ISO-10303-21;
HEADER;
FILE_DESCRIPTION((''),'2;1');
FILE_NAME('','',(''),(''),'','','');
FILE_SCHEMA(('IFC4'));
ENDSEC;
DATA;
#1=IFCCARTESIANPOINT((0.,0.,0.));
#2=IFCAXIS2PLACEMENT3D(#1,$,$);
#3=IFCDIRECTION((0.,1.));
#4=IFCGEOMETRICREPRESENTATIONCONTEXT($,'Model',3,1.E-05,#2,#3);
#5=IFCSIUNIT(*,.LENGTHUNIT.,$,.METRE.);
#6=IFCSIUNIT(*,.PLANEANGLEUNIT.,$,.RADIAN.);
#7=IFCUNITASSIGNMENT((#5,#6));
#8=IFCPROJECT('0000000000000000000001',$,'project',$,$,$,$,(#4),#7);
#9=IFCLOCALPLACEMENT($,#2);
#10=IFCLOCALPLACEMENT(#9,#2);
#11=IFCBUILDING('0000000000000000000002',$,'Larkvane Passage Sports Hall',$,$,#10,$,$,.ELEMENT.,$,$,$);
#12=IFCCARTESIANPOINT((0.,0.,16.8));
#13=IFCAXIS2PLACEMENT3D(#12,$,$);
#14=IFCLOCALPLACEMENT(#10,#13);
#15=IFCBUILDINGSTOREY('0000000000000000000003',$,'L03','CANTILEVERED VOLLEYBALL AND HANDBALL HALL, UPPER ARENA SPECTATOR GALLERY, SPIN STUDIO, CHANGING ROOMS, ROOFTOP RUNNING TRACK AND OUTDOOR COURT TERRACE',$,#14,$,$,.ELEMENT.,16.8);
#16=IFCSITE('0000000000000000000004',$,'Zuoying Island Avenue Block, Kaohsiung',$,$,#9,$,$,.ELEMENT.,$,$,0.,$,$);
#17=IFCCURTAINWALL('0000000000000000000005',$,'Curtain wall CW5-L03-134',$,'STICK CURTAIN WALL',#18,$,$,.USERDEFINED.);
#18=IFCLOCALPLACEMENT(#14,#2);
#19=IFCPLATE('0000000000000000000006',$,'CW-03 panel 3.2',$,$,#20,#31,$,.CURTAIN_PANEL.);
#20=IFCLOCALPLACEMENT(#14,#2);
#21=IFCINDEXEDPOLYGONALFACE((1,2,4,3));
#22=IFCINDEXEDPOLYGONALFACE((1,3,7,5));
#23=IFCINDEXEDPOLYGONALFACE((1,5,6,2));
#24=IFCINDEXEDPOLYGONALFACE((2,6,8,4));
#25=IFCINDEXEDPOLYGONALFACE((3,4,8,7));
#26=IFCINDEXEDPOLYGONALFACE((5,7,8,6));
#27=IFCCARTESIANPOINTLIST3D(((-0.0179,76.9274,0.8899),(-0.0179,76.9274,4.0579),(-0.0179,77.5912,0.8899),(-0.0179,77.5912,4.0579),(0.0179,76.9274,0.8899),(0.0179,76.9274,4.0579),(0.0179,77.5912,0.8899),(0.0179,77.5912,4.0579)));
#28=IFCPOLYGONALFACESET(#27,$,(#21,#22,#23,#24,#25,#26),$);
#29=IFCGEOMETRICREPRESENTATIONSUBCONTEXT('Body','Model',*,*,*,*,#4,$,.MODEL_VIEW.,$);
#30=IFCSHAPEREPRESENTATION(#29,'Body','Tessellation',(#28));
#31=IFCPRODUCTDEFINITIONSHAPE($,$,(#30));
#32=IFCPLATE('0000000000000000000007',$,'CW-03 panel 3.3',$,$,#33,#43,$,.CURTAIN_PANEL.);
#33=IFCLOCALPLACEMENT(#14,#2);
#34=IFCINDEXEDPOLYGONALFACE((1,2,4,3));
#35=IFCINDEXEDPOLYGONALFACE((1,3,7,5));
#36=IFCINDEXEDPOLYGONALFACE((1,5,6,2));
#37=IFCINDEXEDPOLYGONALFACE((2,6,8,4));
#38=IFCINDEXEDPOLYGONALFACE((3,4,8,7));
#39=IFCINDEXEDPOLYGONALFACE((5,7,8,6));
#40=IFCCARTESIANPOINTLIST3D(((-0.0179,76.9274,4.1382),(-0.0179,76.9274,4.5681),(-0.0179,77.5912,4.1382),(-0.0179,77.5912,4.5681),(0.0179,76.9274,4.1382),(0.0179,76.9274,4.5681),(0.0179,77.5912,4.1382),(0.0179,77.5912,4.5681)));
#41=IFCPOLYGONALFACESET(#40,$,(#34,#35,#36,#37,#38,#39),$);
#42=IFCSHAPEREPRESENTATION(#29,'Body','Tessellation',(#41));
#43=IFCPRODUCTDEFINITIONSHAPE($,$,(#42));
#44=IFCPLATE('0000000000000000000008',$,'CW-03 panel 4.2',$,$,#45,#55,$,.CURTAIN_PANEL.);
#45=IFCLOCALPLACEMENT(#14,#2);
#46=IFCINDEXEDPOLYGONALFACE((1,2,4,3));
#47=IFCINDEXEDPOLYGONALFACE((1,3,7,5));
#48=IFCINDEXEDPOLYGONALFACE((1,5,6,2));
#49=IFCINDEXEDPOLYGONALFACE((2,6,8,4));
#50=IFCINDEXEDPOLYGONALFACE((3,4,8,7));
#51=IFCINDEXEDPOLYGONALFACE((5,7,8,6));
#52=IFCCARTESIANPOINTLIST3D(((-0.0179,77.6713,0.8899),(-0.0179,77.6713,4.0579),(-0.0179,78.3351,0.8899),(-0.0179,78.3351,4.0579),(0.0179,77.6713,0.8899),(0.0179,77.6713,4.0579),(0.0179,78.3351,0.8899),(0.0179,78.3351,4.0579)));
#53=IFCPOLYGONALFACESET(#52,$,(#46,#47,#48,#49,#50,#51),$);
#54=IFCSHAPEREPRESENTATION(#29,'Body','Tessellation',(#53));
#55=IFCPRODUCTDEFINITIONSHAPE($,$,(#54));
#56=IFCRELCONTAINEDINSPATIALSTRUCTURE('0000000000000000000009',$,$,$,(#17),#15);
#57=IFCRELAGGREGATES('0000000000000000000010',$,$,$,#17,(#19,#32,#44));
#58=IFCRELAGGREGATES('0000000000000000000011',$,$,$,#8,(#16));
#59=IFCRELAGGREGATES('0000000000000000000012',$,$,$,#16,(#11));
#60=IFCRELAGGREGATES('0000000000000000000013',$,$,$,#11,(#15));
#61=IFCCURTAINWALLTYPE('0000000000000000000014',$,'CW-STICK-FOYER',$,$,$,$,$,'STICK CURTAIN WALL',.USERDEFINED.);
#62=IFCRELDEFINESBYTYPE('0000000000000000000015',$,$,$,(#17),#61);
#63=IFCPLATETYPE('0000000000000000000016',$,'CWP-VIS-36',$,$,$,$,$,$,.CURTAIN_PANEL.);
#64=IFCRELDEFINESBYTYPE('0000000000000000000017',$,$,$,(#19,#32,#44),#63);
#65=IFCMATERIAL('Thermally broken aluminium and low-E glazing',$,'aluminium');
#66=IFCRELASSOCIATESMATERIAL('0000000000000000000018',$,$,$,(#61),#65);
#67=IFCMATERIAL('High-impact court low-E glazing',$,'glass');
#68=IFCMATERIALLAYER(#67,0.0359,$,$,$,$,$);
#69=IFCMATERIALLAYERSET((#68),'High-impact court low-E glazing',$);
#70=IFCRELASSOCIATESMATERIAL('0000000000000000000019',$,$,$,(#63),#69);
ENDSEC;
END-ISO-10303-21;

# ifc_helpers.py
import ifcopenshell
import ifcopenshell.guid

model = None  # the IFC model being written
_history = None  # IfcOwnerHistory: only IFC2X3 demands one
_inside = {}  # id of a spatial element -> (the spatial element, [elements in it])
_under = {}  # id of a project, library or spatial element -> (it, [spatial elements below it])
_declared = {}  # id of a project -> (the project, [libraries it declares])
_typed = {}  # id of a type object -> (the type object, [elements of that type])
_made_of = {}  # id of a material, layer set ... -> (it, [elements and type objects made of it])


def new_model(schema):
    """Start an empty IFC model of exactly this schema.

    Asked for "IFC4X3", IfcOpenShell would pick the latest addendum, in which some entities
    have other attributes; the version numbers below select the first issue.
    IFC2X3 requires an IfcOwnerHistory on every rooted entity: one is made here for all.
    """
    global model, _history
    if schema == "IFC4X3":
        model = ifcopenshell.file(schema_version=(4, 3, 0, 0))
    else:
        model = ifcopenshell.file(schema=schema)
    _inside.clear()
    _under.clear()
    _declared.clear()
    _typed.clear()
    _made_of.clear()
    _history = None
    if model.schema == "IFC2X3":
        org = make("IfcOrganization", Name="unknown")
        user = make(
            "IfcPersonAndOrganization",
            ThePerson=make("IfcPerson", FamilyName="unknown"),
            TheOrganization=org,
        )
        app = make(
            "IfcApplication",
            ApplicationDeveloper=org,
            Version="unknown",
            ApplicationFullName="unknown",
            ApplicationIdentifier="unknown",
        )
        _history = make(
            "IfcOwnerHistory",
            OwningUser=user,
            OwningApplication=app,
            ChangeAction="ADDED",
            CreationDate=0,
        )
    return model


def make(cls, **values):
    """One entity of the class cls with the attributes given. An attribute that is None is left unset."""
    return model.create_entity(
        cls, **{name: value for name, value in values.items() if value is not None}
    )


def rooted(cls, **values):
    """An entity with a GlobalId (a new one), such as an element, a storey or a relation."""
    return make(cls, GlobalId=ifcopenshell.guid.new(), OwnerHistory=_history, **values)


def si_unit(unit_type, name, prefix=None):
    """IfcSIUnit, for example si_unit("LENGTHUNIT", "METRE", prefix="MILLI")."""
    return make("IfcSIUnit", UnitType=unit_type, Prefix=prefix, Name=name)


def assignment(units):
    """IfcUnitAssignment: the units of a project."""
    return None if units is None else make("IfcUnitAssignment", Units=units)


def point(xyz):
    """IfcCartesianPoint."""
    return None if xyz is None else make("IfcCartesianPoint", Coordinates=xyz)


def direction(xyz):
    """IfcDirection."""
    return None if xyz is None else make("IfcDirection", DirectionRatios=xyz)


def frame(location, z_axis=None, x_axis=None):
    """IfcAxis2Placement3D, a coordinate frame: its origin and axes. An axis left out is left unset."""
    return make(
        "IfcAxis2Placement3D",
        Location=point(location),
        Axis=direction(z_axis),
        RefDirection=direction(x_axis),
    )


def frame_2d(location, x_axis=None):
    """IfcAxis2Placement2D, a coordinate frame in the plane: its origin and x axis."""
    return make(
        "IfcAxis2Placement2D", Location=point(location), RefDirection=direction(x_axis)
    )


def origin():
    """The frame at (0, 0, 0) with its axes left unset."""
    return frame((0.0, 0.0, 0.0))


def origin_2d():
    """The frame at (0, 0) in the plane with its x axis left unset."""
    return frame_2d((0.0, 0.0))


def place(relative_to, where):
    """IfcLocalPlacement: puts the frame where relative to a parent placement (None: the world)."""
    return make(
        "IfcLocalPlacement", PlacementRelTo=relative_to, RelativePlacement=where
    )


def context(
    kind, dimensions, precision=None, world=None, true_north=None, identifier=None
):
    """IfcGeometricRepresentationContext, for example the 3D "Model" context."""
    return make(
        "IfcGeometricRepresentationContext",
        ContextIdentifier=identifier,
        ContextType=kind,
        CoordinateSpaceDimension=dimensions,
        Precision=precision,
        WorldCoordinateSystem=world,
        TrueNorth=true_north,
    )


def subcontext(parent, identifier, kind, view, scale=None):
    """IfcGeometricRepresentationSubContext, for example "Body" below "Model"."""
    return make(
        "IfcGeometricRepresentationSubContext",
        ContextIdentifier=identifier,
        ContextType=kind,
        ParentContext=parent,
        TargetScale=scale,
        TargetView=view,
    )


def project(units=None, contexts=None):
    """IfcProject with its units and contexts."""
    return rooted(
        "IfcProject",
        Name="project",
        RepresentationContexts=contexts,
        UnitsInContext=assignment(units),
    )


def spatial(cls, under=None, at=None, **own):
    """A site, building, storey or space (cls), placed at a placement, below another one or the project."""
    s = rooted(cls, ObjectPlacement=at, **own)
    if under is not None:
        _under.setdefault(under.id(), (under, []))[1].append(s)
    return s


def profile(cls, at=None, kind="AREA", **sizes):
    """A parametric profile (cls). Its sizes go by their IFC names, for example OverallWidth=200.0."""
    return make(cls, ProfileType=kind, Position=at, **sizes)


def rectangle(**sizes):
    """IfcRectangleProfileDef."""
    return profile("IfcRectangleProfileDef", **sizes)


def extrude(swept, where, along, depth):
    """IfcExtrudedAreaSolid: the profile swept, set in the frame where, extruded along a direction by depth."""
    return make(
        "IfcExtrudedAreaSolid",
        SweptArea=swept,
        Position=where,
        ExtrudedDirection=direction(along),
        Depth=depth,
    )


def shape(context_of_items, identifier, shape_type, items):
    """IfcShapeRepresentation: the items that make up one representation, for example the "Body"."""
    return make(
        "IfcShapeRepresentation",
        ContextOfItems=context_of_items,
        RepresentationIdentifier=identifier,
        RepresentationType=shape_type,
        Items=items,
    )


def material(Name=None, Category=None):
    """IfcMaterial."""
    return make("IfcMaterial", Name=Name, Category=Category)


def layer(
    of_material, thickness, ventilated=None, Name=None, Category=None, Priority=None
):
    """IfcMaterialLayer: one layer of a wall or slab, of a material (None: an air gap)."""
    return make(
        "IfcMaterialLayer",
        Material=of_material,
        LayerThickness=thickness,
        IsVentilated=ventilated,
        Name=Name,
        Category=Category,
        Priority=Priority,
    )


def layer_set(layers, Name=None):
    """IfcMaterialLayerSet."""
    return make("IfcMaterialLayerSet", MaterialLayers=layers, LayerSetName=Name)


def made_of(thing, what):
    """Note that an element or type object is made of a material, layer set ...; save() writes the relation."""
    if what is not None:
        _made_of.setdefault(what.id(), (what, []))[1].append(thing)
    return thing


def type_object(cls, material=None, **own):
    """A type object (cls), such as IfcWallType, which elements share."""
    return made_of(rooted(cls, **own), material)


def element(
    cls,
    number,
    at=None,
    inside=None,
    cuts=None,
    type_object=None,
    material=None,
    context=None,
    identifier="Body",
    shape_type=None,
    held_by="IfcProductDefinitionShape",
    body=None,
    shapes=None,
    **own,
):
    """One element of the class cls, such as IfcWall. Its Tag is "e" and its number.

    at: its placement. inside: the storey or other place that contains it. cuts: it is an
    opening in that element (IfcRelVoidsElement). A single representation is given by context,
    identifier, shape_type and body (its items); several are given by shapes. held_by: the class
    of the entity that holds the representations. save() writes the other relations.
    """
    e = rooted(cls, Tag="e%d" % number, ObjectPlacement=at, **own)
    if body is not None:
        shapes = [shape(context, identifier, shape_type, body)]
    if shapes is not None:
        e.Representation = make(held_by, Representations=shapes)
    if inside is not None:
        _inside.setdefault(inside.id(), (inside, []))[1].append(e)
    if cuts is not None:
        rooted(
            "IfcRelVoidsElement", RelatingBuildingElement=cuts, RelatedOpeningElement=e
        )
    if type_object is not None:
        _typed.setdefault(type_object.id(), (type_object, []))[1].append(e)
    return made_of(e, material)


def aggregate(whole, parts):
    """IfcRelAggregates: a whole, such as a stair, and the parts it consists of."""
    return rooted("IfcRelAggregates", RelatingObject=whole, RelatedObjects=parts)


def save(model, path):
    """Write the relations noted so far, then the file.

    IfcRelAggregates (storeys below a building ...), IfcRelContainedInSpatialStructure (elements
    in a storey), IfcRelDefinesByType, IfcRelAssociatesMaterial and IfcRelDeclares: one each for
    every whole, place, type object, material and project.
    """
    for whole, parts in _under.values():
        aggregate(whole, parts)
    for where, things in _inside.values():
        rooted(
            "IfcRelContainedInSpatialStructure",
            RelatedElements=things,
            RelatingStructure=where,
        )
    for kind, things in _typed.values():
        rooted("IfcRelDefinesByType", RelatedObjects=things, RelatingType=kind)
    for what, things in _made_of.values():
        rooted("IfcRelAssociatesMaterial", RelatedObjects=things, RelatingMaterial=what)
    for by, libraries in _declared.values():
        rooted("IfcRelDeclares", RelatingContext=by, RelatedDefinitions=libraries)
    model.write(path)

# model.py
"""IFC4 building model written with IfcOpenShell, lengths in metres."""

from ifc_helpers import new_model, si_unit, direction, frame, origin, origin_2d, place, context, subcontext, project, spatial, rectangle, extrude, material, layer, layer_set, type_object, element, aggregate, save


model = new_model("IFC4")

# Units and contexts
model_context = context("Model", 3, precision=1e-05, world=origin(), true_north=direction((0.0, 1.0)))
body_context = subcontext(model_context, "Body", "Model", "MODEL_VIEW")
ifc_project = project(units=[si_unit("LENGTHUNIT", "METRE"), si_unit("PLANEANGLEUNIT", "RADIAN")], contexts=[model_context])

# Site, building, storey
site_placement = place(None, origin())
site = spatial("IfcSite", under=ifc_project, at=site_placement, Name="Zuoying Island Avenue Block, Kaohsiung", CompositionType="ELEMENT", RefElevation=0.0)
building_placement = place(site_placement, origin())
building = spatial("IfcBuilding", under=site, at=building_placement, Name="Larkvane Passage Sports Hall", CompositionType="ELEMENT")
storey_placement = place(building_placement, frame((0.0, 0.0, 16.8)))
storey = spatial("IfcBuildingStorey", under=building, at=storey_placement, Name="L03", Description="CANTILEVERED VOLLEYBALL AND HANDBALL HALL, UPPER ARENA SPECTATOR GALLERY, SPIN STUDIO, CHANGING ROOMS, ROOFTOP RUNNING TRACK AND OUTDOOR COURT TERRACE", CompositionType="ELEMENT", Elevation=16.8)

# Shared definitions
ifc_material_1 = material(Name="Thermally broken aluminium and low-E glazing", Category="aluminium")

# Curtain wall, plates
curtain_wall_type_1 = type_object("IfcCurtainWallType", Name="CW-STICK-FOYER", ElementType="STICK CURTAIN WALL", PredefinedType="USERDEFINED", material=ifc_material_1)
curtain_wall_1_placement = place(storey_placement, origin())
curtain_wall_1 = element("IfcCurtainWall", 1, at=curtain_wall_1_placement, inside=storey, type_object=curtain_wall_type_1, Name="Curtain wall CW5-L03-134", ObjectType="STICK CURTAIN WALL", PredefinedType="USERDEFINED")
ifc_material_2 = material(Name="High-impact court low-E glazing", Category="glass")
ifc_layer_1 = layer(ifc_material_2, 0.0359)
ifc_layer_set_1 = layer_set([ifc_layer_1], Name="High-impact court low-E glazing")
plate_type_1 = type_object("IfcPlateType", Name="CWP-VIS-36", PredefinedType="CURTAIN_PANEL", material=ifc_layer_set_1)
plate_1_placement = place(storey_placement, frame((0.0, 77.2593, 0.8899), z_axis=(0.0, 0.0, 1.0), x_axis=(0.0, 1.0, 0.0)))
plate_1 = element("IfcPlate", 2, at=plate_1_placement, type_object=plate_type_1, Name="CW-03 panel 3.2", PredefinedType="CURTAIN_PANEL", context=body_context, shape_type="SweptSolid", body=[
    extrude(rectangle(XDim=0.6638, YDim=0.0359, at=origin_2d()), origin(), (0.0, 0.0, 1.0), 3.168),
])
plate_2_placement = place(storey_placement, frame((0.0, 77.2593, 4.1382), z_axis=(0.0, 0.0, 1.0), x_axis=(0.0, 1.0, 0.0)))
plate_2 = element("IfcPlate", 3, at=plate_2_placement, type_object=plate_type_1, Name="CW-03 panel 3.3", PredefinedType="CURTAIN_PANEL", context=body_context, shape_type="SweptSolid", body=[
    extrude(rectangle(XDim=0.6638, YDim=0.0359, at=origin_2d()), origin(), (0.0, 0.0, 1.0), 0.4299),
])
plate_3_placement = place(storey_placement, frame((0.0, 78.0032, 0.8899), z_axis=(0.0, 0.0, 1.0), x_axis=(0.0, 1.0, 0.0)))
plate_3 = element("IfcPlate", 4, at=plate_3_placement, type_object=plate_type_1, Name="CW-03 panel 4.2", PredefinedType="CURTAIN_PANEL", context=body_context, shape_type="SweptSolid", body=[
    extrude(rectangle(XDim=0.6638, YDim=0.0359, at=origin_2d()), origin(), (0.0, 0.0, 1.0), 3.168),
])
aggregate(curtain_wall_1, [plate_1, plate_2, plate_3])

save(model, "model.ifc")
